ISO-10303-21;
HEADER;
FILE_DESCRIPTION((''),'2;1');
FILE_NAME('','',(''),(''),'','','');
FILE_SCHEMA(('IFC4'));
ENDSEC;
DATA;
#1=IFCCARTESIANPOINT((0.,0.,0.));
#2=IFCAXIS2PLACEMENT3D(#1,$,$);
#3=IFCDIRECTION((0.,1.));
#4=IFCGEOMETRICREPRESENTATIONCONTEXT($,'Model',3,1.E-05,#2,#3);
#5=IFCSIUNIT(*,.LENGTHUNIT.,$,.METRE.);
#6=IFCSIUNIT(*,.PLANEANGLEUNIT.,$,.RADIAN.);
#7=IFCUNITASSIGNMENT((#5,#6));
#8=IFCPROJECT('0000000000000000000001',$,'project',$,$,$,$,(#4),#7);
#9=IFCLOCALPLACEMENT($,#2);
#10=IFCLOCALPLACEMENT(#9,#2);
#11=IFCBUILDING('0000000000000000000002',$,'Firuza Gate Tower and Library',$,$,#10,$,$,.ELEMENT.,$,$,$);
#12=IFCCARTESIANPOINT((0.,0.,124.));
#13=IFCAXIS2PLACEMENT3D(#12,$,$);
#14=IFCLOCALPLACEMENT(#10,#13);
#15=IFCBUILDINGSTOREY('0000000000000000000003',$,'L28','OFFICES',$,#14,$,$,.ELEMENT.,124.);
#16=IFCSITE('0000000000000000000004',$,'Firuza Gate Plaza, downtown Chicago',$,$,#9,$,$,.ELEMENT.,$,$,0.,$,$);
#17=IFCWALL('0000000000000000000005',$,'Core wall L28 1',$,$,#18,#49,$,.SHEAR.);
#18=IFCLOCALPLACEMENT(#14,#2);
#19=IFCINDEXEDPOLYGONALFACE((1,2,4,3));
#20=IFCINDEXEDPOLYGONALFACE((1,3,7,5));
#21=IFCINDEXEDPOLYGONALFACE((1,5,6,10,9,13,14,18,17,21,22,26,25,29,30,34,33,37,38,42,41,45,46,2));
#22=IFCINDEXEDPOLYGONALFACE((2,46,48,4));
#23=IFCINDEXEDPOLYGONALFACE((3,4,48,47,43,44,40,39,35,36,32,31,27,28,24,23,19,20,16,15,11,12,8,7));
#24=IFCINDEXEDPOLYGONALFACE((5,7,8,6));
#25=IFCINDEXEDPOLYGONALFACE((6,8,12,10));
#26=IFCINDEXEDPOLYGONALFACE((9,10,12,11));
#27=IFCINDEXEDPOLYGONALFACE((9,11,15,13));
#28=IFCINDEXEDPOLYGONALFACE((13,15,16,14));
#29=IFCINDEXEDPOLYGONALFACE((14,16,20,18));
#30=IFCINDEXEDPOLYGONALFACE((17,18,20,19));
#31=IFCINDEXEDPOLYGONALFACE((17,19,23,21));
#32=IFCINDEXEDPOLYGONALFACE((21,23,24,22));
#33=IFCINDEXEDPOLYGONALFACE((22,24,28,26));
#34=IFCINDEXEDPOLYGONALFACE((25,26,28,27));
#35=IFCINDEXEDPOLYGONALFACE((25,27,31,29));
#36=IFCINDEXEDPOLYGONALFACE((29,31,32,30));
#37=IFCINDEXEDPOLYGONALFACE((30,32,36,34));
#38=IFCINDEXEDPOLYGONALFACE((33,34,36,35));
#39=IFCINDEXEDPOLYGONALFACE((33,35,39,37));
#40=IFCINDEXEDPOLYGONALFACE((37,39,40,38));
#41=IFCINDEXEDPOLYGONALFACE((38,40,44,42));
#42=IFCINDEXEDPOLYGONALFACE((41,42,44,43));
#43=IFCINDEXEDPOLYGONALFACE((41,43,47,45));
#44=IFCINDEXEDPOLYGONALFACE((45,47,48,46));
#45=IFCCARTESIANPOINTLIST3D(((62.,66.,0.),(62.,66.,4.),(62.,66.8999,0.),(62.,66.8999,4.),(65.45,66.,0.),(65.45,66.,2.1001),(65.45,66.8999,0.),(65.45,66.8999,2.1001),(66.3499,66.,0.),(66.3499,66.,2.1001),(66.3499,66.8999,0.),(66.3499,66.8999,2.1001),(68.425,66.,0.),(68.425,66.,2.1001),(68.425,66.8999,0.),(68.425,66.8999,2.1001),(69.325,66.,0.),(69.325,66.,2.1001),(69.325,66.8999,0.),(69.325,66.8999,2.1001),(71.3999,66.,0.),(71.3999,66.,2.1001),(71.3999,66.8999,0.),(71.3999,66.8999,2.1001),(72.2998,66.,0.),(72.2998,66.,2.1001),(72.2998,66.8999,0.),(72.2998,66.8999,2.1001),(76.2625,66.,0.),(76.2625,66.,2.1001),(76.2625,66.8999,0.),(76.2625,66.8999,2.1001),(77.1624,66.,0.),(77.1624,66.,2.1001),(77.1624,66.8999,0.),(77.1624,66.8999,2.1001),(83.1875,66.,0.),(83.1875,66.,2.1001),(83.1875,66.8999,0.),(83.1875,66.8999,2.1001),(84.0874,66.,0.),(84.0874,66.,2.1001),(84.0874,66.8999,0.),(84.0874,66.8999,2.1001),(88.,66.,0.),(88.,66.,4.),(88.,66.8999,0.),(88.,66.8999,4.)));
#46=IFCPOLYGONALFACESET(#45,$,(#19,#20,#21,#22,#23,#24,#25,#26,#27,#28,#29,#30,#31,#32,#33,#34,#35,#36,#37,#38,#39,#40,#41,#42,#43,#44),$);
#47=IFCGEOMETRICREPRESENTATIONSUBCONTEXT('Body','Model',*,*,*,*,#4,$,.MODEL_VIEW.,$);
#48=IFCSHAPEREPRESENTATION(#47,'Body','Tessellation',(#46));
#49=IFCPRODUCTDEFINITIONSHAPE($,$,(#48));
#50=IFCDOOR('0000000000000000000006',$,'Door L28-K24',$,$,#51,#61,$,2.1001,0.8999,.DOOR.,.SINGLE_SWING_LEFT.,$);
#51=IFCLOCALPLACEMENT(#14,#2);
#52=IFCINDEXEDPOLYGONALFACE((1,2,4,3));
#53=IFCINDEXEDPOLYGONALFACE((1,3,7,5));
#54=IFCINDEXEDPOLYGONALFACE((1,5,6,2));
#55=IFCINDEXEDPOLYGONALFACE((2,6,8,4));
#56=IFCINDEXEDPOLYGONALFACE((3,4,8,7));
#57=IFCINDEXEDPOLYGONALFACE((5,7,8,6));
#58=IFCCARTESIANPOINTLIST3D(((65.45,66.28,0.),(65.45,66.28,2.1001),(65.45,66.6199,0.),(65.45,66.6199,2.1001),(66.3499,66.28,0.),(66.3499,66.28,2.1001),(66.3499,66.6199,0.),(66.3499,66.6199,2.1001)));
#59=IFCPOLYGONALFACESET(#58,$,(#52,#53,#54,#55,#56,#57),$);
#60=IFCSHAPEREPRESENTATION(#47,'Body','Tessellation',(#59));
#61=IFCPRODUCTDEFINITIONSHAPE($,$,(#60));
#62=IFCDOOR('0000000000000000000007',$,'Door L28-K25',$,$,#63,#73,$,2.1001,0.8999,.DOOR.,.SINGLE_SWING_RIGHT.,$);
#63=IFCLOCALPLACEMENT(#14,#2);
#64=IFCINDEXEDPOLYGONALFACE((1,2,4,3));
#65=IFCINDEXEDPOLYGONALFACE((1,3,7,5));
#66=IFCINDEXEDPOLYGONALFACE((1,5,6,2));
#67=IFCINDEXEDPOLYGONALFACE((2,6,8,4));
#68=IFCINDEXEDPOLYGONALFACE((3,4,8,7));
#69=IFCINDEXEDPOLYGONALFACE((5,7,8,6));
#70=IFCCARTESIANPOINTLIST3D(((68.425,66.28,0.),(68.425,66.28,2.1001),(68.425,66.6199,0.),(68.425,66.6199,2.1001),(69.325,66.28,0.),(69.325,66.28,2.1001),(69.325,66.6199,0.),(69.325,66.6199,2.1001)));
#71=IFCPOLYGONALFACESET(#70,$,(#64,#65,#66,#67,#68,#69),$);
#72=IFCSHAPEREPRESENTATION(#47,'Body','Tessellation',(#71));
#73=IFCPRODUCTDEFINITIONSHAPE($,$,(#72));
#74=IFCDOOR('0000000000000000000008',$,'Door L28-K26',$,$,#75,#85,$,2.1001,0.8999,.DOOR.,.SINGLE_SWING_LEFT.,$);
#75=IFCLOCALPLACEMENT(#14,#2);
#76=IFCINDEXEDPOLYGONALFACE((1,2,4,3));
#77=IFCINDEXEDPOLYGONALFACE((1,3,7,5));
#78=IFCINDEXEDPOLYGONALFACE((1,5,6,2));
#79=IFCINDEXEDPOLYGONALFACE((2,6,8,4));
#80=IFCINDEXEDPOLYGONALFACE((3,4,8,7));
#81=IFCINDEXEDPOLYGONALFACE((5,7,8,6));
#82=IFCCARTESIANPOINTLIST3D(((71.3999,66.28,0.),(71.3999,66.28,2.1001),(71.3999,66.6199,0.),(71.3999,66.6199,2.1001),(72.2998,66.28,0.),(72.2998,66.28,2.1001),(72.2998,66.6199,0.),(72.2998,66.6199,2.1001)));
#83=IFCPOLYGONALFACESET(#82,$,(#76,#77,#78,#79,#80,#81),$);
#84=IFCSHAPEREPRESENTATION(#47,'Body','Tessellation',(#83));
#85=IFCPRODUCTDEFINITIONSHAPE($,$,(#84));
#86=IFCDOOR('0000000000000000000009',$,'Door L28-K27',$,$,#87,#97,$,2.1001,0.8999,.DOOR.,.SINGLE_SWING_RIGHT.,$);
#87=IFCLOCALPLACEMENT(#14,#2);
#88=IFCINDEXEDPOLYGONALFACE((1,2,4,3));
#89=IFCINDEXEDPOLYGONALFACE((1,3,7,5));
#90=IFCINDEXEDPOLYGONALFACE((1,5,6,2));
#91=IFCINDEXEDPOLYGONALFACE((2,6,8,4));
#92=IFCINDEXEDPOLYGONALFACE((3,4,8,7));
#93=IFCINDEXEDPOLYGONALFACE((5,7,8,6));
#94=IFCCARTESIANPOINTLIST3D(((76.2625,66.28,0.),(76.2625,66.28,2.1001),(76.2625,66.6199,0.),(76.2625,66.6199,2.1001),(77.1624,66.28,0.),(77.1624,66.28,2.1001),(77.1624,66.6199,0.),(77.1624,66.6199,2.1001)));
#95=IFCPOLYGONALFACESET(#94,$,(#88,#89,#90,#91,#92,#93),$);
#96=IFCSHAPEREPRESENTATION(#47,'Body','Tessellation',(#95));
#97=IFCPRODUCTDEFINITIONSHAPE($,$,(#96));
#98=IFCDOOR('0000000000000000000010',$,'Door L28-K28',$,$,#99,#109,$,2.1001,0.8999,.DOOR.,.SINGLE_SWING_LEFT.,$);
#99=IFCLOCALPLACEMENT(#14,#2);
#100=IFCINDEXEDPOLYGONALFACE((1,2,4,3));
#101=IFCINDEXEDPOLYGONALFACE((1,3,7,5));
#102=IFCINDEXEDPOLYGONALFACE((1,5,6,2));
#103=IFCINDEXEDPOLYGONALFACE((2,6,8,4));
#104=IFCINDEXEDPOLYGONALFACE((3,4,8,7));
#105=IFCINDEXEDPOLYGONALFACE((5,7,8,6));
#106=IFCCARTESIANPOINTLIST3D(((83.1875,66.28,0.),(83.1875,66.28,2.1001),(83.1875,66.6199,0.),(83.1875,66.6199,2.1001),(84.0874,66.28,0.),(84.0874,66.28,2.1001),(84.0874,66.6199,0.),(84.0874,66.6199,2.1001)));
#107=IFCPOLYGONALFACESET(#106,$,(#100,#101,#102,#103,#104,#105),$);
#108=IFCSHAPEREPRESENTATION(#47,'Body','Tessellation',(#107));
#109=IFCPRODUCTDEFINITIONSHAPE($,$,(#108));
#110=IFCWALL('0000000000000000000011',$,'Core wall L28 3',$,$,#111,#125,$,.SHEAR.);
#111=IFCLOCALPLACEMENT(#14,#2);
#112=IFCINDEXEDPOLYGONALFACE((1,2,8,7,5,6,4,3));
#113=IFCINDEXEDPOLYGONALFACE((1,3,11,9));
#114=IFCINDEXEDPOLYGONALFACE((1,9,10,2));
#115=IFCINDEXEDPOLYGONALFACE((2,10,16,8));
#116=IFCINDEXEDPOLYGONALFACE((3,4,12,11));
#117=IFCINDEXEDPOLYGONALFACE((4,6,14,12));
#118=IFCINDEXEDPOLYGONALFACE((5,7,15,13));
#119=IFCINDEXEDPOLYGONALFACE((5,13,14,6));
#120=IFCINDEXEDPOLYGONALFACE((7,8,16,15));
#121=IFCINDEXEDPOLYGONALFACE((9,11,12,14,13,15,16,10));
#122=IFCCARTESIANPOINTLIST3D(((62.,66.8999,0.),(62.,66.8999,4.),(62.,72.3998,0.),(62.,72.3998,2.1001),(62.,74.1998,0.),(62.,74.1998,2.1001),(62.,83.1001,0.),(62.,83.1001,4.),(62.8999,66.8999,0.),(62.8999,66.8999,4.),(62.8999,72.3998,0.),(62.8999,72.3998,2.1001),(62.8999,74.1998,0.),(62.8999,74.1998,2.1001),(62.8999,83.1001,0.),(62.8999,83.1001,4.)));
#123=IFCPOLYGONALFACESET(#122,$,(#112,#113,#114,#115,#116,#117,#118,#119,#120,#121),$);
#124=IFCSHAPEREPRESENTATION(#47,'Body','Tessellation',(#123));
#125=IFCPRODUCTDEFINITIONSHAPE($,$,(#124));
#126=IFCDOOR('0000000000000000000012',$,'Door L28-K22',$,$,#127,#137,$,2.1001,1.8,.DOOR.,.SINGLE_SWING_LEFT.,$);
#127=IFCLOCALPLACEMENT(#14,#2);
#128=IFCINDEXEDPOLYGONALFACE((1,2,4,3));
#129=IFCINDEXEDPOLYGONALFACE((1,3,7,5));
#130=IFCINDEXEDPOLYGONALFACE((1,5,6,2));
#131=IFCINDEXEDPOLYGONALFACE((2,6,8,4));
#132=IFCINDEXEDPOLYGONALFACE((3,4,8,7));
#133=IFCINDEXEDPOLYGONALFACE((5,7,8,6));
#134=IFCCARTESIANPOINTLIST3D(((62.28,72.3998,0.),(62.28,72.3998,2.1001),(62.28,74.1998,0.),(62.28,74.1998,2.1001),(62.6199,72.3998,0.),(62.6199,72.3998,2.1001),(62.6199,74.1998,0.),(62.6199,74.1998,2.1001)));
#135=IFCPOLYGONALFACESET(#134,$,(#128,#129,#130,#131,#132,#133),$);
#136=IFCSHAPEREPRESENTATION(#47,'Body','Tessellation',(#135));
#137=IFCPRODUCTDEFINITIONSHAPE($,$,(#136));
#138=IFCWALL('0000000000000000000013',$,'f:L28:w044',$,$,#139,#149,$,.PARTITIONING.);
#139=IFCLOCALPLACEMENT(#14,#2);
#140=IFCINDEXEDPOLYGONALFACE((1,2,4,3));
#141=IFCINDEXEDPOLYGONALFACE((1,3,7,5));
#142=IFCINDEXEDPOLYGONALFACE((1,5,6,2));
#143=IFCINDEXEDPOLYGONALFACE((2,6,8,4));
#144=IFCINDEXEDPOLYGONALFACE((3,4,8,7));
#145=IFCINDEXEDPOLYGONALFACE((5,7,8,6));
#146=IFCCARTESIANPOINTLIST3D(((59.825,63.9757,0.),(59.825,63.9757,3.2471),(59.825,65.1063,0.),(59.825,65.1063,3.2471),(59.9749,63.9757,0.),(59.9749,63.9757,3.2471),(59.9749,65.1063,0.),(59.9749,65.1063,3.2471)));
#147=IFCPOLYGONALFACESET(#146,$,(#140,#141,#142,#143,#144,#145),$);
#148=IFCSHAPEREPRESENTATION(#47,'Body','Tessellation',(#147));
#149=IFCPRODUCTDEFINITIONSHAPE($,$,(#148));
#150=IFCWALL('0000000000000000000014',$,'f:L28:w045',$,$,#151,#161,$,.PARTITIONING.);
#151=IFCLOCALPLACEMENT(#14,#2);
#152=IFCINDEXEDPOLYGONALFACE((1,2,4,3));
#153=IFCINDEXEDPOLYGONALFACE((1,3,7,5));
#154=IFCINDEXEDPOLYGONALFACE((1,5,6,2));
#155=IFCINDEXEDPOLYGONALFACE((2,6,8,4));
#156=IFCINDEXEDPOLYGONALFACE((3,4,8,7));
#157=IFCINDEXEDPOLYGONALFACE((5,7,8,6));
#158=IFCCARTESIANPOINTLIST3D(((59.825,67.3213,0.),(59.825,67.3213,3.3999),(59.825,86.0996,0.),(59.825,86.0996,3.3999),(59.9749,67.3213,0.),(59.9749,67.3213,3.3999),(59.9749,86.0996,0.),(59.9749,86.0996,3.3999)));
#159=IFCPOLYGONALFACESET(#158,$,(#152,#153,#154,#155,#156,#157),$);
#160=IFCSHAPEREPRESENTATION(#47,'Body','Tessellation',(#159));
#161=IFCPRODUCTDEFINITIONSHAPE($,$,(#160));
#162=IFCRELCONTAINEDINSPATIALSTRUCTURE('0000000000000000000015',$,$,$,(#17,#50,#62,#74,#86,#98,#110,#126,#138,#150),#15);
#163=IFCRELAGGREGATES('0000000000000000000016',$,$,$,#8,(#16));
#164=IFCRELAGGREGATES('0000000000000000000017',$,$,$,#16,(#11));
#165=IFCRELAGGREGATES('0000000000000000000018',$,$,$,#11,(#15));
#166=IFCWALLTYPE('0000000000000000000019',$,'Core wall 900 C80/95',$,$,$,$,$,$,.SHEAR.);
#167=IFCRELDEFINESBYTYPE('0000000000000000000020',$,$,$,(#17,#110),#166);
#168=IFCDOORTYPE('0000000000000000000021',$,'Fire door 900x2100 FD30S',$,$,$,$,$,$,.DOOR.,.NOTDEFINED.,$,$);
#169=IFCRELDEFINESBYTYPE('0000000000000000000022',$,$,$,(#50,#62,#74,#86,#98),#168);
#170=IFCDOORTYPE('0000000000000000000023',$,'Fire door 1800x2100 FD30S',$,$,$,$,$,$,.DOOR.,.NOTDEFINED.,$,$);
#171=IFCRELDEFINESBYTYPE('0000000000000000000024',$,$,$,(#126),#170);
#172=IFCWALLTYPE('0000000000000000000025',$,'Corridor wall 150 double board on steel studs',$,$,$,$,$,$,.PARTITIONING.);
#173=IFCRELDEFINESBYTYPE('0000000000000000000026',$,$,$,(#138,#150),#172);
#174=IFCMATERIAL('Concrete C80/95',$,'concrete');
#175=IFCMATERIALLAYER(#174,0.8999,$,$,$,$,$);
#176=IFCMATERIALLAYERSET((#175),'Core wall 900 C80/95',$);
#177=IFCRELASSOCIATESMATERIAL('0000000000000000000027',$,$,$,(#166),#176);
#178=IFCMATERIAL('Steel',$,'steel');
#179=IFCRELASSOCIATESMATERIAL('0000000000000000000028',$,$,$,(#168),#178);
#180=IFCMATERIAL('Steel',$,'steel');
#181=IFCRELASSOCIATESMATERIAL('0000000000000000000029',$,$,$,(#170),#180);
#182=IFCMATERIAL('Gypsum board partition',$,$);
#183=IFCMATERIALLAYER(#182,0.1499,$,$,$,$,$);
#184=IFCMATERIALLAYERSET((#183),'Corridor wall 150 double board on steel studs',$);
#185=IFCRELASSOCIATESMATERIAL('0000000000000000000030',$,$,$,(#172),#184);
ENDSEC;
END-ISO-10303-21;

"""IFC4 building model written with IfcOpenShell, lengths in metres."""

from ifc_helpers import new_model, si_unit, direction, frame, frame_2d, origin, place, context, subcontext, project, spatial, rectangle, extrude, material, layer, layer_set, type_object, element, fill, save


model = new_model("IFC4")

# Units and contexts
model_context = context("Model", 3, precision=1e-05, world=origin(), true_north=direction((0.0, 1.0)))
body_context = subcontext(model_context, "Body", "Model", "MODEL_VIEW")
ifc_project = project(units=[si_unit("LENGTHUNIT", "METRE"), si_unit("PLANEANGLEUNIT", "RADIAN")], contexts=[model_context])

# Site, building, storey
site_placement = place(None, origin())
site = spatial("IfcSite", under=ifc_project, at=site_placement, Name="Firuza Gate Plaza, downtown Chicago", CompositionType="ELEMENT", RefElevation=0.0)
building_placement = place(site_placement, origin())
building = spatial("IfcBuilding", under=site, at=building_placement, Name="Firuza Gate Tower and Library", CompositionType="ELEMENT")
storey_placement = place(building_placement, frame((0.0, 0.0, 124.0)))
storey = spatial("IfcBuildingStorey", under=building, at=storey_placement, Name="L28", Description="OFFICES", CompositionType="ELEMENT", Elevation=124.0)

# Wall, openings, doors
ifc_material_1 = material(Name="Concrete C80/95", Category="concrete")
ifc_layer_1 = layer(ifc_material_1, 0.8999)
ifc_layer_set_1 = layer_set([ifc_layer_1], Name="Core wall 900 C80/95")
wall_type_1 = type_object("IfcWallType", Name="Core wall 900 C80/95", PredefinedType="SHEAR", material=ifc_layer_set_1)
wall_1_placement = place(storey_placement, frame((62.0, 66.45, 0.0), z_axis=(0.0, 0.0, 1.0), x_axis=(1.0, 0.0, 0.0)))
wall_1 = element("IfcWall", 1, at=wall_1_placement, inside=storey, type_object=wall_type_1, Name="Core wall L28 1", PredefinedType="SHEAR", context=body_context, shape_type="SweptSolid", body=[
    extrude(rectangle(XDim=26.0, YDim=0.8999, at=frame_2d((13.0, 0.0))), origin(), (0.0, 0.0, 1.0), 4.0),
])
opening_1_placement = place(wall_1_placement, frame((3.45, 0.0, 0.0)))
opening_1 = element("IfcOpeningElement", 2, at=opening_1_placement, cuts=wall_1, PredefinedType="OPENING", context=body_context, shape_type="SweptSolid", body=[
    extrude(rectangle(XDim=0.8999, YDim=2.1001, at=frame_2d((0.45, 1.05))), frame((0.0, 0.46, 0.0), z_axis=(0.0, -1.0, 0.0), x_axis=(1.0, 0.0, 0.0)), (0.0, 0.0, 1.0), 0.9199),
])
opening_2_placement = place(wall_1_placement, frame((6.425, 0.0, 0.0)))
opening_2 = element("IfcOpeningElement", 3, at=opening_2_placement, cuts=wall_1, PredefinedType="OPENING", context=body_context, shape_type="SweptSolid", body=[
    extrude(rectangle(XDim=0.8999, YDim=2.1001, at=frame_2d((0.45, 1.05))), frame((0.0, 0.46, 0.0), z_axis=(0.0, -1.0, 0.0), x_axis=(1.0, 0.0, 0.0)), (0.0, 0.0, 1.0), 0.9199),
])
opening_3_placement = place(wall_1_placement, frame((9.3999, 0.0, 0.0)))
opening_3 = element("IfcOpeningElement", 4, at=opening_3_placement, cuts=wall_1, PredefinedType="OPENING", context=body_context, shape_type="SweptSolid", body=[
    extrude(rectangle(XDim=0.8999, YDim=2.1001, at=frame_2d((0.45, 1.05))), frame((0.0, 0.46, 0.0), z_axis=(0.0, -1.0, 0.0), x_axis=(1.0, 0.0, 0.0)), (0.0, 0.0, 1.0), 0.9199),
])
opening_4_placement = place(wall_1_placement, frame((14.2625, 0.0, 0.0)))
opening_4 = element("IfcOpeningElement", 5, at=opening_4_placement, cuts=wall_1, PredefinedType="OPENING", context=body_context, shape_type="SweptSolid", body=[
    extrude(rectangle(XDim=0.8999, YDim=2.1001, at=frame_2d((0.45, 1.05))), frame((0.0, 0.46, 0.0), z_axis=(0.0, -1.0, 0.0), x_axis=(1.0, 0.0, 0.0)), (0.0, 0.0, 1.0), 0.9199),
])
opening_5_placement = place(wall_1_placement, frame((21.1875, 0.0, 0.0)))
opening_5 = element("IfcOpeningElement", 6, at=opening_5_placement, cuts=wall_1, PredefinedType="OPENING", context=body_context, shape_type="SweptSolid", body=[
    extrude(rectangle(XDim=0.8999, YDim=2.1001, at=frame_2d((0.45, 1.05))), frame((0.0, 0.46, 0.0), z_axis=(0.0, -1.0, 0.0), x_axis=(1.0, 0.0, 0.0)), (0.0, 0.0, 1.0), 0.9199),
])
ifc_material_2 = material(Name="Steel", Category="steel")
door_type_1 = type_object("IfcDoorType", Name="Fire door 900x2100 FD30S", OperationType="NOTDEFINED", PredefinedType="DOOR", material=ifc_material_2)
door_1_placement = place(opening_1_placement, origin())
door_1 = element("IfcDoor", 7, at=door_1_placement, inside=storey, type_object=door_type_1, Name="Door L28-K24", OperationType="SINGLE_SWING_LEFT", OverallHeight=2.1001, OverallWidth=0.8999, PredefinedType="DOOR", context=body_context, shape_type="SweptSolid", body=[
    extrude(rectangle(XDim=0.8999, YDim=2.1001, at=frame_2d((0.45, 1.05))), frame((0.0, 0.1699, 0.0), z_axis=(0.0, -1.0, 0.0), x_axis=(1.0, 0.0, 0.0)), (0.0, 0.0, 1.0), 0.3398),
])
fill(opening_1, door_1)
door_2_placement = place(opening_2_placement, origin())
door_2 = element("IfcDoor", 8, at=door_2_placement, inside=storey, type_object=door_type_1, Name="Door L28-K25", OperationType="SINGLE_SWING_RIGHT", OverallHeight=2.1001, OverallWidth=0.8999, PredefinedType="DOOR", context=body_context, shape_type="SweptSolid", body=[
    extrude(rectangle(XDim=0.8999, YDim=2.1001, at=frame_2d((0.45, 1.05))), frame((0.0, 0.1699, 0.0), z_axis=(0.0, -1.0, 0.0), x_axis=(1.0, 0.0, 0.0)), (0.0, 0.0, 1.0), 0.3398),
])
fill(opening_2, door_2)
door_3_placement = place(opening_3_placement, origin())
door_3 = element("IfcDoor", 9, at=door_3_placement, inside=storey, type_object=door_type_1, Name="Door L28-K26", OperationType="SINGLE_SWING_LEFT", OverallHeight=2.1001, OverallWidth=0.8999, PredefinedType="DOOR", context=body_context, shape_type="SweptSolid", body=[
    extrude(rectangle(XDim=0.8999, YDim=2.1001, at=frame_2d((0.45, 1.05))), frame((0.0, 0.1699, 0.0), z_axis=(0.0, -1.0, 0.0), x_axis=(1.0, 0.0, 0.0)), (0.0, 0.0, 1.0), 0.3398),
])
fill(opening_3, door_3)
door_4_placement = place(opening_4_placement, origin())
door_4 = element("IfcDoor", 10, at=door_4_placement, inside=storey, type_object=door_type_1, Name="Door L28-K27", OperationType="SINGLE_SWING_RIGHT", OverallHeight=2.1001, OverallWidth=0.8999, PredefinedType="DOOR", context=body_context, shape_type="SweptSolid", body=[
    extrude(rectangle(XDim=0.8999, YDim=2.1001, at=frame_2d((0.45, 1.05))), frame((0.0, 0.1699, 0.0), z_axis=(0.0, -1.0, 0.0), x_axis=(1.0, 0.0, 0.0)), (0.0, 0.0, 1.0), 0.3398),
])
fill(opening_4, door_4)
door_5_placement = place(opening_5_placement, origin())
door_5 = element("IfcDoor", 11, at=door_5_placement, inside=storey, type_object=door_type_1, Name="Door L28-K28", OperationType="SINGLE_SWING_LEFT", OverallHeight=2.1001, OverallWidth=0.8999, PredefinedType="DOOR", context=body_context, shape_type="SweptSolid", body=[
    extrude(rectangle(XDim=0.8999, YDim=2.1001, at=frame_2d((0.45, 1.05))), frame((0.0, 0.1699, 0.0), z_axis=(0.0, -1.0, 0.0), x_axis=(1.0, 0.0, 0.0)), (0.0, 0.0, 1.0), 0.3398),
])
fill(opening_5, door_5)

# Wall, opening, door
wall_2_placement = place(storey_placement, frame((62.45, 66.8999, 0.0), z_axis=(0.0, 0.0, 1.0), x_axis=(0.0, 1.0, 0.0)))
wall_2 = element("IfcWall", 12, at=wall_2_placement, inside=storey, type_object=wall_type_1, Name="Core wall L28 3", PredefinedType="SHEAR", context=body_context, shape_type="SweptSolid", body=[
    extrude(rectangle(XDim=16.2002, YDim=0.8999, at=frame_2d((8.1001, 0.0))), origin(), (0.0, 0.0, 1.0), 4.0),
])
opening_6_placement = place(wall_2_placement, frame((5.5, 0.0, 0.0)))
opening_6 = element("IfcOpeningElement", 13, at=opening_6_placement, cuts=wall_2, PredefinedType="OPENING", context=body_context, shape_type="SweptSolid", body=[
    extrude(rectangle(XDim=1.8, YDim=2.1001, at=frame_2d((0.8999, 1.05))), frame((0.0, 0.46, 0.0), z_axis=(0.0, -1.0, 0.0), x_axis=(1.0, 0.0, 0.0)), (0.0, 0.0, 1.0), 0.9199),
])
ifc_material_3 = material(Name="Steel", Category="steel")
door_type_2 = type_object("IfcDoorType", Name="Fire door 1800x2100 FD30S", OperationType="NOTDEFINED", PredefinedType="DOOR", material=ifc_material_3)
door_6_placement = place(opening_6_placement, origin())
door_6 = element("IfcDoor", 14, at=door_6_placement, inside=storey, type_object=door_type_2, Name="Door L28-K22", OperationType="SINGLE_SWING_LEFT", OverallHeight=2.1001, OverallWidth=1.8, PredefinedType="DOOR", context=body_context, shape_type="SweptSolid", body=[
    extrude(rectangle(XDim=1.8, YDim=2.1001, at=frame_2d((0.8999, 1.05))), frame((0.0, 0.1699, 0.0), z_axis=(0.0, -1.0, 0.0), x_axis=(1.0, 0.0, 0.0)), (0.0, 0.0, 1.0), 0.3398),
])
fill(opening_6, door_6)

# Walls
ifc_material_4 = material(Name="Gypsum board partition")
ifc_layer_2 = layer(ifc_material_4, 0.1499)
ifc_layer_set_2 = layer_set([ifc_layer_2], Name="Corridor wall 150 double board on steel studs")
wall_type_2 = type_object("IfcWallType", Name="Corridor wall 150 double board on steel studs", PredefinedType="PARTITIONING", material=ifc_layer_set_2)
wall_3_placement = place(storey_placement, frame((59.8999, 63.9756, 0.0), z_axis=(0.0, 0.0, 1.0), x_axis=(0.0, 1.0, 0.0)))
element("IfcWall", 15, at=wall_3_placement, inside=storey, type_object=wall_type_2, Name="f:L28:w044", PredefinedType="PARTITIONING", context=body_context, shape_type="SweptSolid", body=[
    extrude(rectangle(XDim=1.1306, YDim=0.1499, at=frame_2d((0.5654, 0.0))), origin(), (0.0, 0.0, 1.0), 3.2471),
])
wall_4_placement = place(storey_placement, frame((59.8999, 67.3213, 0.0), z_axis=(0.0, 0.0, 1.0), x_axis=(0.0, 1.0, 0.0)))
element("IfcWall", 16, at=wall_4_placement, inside=storey, type_object=wall_type_2, Name="f:L28:w045", PredefinedType="PARTITIONING", context=body_context, shape_type="SweptSolid", body=[
    extrude(rectangle(XDim=18.7783, YDim=0.1499, at=frame_2d((9.3892, 0.0))), origin(), (0.0, 0.0, 1.0), 3.3999),
])

save(model, "model.ifc")
